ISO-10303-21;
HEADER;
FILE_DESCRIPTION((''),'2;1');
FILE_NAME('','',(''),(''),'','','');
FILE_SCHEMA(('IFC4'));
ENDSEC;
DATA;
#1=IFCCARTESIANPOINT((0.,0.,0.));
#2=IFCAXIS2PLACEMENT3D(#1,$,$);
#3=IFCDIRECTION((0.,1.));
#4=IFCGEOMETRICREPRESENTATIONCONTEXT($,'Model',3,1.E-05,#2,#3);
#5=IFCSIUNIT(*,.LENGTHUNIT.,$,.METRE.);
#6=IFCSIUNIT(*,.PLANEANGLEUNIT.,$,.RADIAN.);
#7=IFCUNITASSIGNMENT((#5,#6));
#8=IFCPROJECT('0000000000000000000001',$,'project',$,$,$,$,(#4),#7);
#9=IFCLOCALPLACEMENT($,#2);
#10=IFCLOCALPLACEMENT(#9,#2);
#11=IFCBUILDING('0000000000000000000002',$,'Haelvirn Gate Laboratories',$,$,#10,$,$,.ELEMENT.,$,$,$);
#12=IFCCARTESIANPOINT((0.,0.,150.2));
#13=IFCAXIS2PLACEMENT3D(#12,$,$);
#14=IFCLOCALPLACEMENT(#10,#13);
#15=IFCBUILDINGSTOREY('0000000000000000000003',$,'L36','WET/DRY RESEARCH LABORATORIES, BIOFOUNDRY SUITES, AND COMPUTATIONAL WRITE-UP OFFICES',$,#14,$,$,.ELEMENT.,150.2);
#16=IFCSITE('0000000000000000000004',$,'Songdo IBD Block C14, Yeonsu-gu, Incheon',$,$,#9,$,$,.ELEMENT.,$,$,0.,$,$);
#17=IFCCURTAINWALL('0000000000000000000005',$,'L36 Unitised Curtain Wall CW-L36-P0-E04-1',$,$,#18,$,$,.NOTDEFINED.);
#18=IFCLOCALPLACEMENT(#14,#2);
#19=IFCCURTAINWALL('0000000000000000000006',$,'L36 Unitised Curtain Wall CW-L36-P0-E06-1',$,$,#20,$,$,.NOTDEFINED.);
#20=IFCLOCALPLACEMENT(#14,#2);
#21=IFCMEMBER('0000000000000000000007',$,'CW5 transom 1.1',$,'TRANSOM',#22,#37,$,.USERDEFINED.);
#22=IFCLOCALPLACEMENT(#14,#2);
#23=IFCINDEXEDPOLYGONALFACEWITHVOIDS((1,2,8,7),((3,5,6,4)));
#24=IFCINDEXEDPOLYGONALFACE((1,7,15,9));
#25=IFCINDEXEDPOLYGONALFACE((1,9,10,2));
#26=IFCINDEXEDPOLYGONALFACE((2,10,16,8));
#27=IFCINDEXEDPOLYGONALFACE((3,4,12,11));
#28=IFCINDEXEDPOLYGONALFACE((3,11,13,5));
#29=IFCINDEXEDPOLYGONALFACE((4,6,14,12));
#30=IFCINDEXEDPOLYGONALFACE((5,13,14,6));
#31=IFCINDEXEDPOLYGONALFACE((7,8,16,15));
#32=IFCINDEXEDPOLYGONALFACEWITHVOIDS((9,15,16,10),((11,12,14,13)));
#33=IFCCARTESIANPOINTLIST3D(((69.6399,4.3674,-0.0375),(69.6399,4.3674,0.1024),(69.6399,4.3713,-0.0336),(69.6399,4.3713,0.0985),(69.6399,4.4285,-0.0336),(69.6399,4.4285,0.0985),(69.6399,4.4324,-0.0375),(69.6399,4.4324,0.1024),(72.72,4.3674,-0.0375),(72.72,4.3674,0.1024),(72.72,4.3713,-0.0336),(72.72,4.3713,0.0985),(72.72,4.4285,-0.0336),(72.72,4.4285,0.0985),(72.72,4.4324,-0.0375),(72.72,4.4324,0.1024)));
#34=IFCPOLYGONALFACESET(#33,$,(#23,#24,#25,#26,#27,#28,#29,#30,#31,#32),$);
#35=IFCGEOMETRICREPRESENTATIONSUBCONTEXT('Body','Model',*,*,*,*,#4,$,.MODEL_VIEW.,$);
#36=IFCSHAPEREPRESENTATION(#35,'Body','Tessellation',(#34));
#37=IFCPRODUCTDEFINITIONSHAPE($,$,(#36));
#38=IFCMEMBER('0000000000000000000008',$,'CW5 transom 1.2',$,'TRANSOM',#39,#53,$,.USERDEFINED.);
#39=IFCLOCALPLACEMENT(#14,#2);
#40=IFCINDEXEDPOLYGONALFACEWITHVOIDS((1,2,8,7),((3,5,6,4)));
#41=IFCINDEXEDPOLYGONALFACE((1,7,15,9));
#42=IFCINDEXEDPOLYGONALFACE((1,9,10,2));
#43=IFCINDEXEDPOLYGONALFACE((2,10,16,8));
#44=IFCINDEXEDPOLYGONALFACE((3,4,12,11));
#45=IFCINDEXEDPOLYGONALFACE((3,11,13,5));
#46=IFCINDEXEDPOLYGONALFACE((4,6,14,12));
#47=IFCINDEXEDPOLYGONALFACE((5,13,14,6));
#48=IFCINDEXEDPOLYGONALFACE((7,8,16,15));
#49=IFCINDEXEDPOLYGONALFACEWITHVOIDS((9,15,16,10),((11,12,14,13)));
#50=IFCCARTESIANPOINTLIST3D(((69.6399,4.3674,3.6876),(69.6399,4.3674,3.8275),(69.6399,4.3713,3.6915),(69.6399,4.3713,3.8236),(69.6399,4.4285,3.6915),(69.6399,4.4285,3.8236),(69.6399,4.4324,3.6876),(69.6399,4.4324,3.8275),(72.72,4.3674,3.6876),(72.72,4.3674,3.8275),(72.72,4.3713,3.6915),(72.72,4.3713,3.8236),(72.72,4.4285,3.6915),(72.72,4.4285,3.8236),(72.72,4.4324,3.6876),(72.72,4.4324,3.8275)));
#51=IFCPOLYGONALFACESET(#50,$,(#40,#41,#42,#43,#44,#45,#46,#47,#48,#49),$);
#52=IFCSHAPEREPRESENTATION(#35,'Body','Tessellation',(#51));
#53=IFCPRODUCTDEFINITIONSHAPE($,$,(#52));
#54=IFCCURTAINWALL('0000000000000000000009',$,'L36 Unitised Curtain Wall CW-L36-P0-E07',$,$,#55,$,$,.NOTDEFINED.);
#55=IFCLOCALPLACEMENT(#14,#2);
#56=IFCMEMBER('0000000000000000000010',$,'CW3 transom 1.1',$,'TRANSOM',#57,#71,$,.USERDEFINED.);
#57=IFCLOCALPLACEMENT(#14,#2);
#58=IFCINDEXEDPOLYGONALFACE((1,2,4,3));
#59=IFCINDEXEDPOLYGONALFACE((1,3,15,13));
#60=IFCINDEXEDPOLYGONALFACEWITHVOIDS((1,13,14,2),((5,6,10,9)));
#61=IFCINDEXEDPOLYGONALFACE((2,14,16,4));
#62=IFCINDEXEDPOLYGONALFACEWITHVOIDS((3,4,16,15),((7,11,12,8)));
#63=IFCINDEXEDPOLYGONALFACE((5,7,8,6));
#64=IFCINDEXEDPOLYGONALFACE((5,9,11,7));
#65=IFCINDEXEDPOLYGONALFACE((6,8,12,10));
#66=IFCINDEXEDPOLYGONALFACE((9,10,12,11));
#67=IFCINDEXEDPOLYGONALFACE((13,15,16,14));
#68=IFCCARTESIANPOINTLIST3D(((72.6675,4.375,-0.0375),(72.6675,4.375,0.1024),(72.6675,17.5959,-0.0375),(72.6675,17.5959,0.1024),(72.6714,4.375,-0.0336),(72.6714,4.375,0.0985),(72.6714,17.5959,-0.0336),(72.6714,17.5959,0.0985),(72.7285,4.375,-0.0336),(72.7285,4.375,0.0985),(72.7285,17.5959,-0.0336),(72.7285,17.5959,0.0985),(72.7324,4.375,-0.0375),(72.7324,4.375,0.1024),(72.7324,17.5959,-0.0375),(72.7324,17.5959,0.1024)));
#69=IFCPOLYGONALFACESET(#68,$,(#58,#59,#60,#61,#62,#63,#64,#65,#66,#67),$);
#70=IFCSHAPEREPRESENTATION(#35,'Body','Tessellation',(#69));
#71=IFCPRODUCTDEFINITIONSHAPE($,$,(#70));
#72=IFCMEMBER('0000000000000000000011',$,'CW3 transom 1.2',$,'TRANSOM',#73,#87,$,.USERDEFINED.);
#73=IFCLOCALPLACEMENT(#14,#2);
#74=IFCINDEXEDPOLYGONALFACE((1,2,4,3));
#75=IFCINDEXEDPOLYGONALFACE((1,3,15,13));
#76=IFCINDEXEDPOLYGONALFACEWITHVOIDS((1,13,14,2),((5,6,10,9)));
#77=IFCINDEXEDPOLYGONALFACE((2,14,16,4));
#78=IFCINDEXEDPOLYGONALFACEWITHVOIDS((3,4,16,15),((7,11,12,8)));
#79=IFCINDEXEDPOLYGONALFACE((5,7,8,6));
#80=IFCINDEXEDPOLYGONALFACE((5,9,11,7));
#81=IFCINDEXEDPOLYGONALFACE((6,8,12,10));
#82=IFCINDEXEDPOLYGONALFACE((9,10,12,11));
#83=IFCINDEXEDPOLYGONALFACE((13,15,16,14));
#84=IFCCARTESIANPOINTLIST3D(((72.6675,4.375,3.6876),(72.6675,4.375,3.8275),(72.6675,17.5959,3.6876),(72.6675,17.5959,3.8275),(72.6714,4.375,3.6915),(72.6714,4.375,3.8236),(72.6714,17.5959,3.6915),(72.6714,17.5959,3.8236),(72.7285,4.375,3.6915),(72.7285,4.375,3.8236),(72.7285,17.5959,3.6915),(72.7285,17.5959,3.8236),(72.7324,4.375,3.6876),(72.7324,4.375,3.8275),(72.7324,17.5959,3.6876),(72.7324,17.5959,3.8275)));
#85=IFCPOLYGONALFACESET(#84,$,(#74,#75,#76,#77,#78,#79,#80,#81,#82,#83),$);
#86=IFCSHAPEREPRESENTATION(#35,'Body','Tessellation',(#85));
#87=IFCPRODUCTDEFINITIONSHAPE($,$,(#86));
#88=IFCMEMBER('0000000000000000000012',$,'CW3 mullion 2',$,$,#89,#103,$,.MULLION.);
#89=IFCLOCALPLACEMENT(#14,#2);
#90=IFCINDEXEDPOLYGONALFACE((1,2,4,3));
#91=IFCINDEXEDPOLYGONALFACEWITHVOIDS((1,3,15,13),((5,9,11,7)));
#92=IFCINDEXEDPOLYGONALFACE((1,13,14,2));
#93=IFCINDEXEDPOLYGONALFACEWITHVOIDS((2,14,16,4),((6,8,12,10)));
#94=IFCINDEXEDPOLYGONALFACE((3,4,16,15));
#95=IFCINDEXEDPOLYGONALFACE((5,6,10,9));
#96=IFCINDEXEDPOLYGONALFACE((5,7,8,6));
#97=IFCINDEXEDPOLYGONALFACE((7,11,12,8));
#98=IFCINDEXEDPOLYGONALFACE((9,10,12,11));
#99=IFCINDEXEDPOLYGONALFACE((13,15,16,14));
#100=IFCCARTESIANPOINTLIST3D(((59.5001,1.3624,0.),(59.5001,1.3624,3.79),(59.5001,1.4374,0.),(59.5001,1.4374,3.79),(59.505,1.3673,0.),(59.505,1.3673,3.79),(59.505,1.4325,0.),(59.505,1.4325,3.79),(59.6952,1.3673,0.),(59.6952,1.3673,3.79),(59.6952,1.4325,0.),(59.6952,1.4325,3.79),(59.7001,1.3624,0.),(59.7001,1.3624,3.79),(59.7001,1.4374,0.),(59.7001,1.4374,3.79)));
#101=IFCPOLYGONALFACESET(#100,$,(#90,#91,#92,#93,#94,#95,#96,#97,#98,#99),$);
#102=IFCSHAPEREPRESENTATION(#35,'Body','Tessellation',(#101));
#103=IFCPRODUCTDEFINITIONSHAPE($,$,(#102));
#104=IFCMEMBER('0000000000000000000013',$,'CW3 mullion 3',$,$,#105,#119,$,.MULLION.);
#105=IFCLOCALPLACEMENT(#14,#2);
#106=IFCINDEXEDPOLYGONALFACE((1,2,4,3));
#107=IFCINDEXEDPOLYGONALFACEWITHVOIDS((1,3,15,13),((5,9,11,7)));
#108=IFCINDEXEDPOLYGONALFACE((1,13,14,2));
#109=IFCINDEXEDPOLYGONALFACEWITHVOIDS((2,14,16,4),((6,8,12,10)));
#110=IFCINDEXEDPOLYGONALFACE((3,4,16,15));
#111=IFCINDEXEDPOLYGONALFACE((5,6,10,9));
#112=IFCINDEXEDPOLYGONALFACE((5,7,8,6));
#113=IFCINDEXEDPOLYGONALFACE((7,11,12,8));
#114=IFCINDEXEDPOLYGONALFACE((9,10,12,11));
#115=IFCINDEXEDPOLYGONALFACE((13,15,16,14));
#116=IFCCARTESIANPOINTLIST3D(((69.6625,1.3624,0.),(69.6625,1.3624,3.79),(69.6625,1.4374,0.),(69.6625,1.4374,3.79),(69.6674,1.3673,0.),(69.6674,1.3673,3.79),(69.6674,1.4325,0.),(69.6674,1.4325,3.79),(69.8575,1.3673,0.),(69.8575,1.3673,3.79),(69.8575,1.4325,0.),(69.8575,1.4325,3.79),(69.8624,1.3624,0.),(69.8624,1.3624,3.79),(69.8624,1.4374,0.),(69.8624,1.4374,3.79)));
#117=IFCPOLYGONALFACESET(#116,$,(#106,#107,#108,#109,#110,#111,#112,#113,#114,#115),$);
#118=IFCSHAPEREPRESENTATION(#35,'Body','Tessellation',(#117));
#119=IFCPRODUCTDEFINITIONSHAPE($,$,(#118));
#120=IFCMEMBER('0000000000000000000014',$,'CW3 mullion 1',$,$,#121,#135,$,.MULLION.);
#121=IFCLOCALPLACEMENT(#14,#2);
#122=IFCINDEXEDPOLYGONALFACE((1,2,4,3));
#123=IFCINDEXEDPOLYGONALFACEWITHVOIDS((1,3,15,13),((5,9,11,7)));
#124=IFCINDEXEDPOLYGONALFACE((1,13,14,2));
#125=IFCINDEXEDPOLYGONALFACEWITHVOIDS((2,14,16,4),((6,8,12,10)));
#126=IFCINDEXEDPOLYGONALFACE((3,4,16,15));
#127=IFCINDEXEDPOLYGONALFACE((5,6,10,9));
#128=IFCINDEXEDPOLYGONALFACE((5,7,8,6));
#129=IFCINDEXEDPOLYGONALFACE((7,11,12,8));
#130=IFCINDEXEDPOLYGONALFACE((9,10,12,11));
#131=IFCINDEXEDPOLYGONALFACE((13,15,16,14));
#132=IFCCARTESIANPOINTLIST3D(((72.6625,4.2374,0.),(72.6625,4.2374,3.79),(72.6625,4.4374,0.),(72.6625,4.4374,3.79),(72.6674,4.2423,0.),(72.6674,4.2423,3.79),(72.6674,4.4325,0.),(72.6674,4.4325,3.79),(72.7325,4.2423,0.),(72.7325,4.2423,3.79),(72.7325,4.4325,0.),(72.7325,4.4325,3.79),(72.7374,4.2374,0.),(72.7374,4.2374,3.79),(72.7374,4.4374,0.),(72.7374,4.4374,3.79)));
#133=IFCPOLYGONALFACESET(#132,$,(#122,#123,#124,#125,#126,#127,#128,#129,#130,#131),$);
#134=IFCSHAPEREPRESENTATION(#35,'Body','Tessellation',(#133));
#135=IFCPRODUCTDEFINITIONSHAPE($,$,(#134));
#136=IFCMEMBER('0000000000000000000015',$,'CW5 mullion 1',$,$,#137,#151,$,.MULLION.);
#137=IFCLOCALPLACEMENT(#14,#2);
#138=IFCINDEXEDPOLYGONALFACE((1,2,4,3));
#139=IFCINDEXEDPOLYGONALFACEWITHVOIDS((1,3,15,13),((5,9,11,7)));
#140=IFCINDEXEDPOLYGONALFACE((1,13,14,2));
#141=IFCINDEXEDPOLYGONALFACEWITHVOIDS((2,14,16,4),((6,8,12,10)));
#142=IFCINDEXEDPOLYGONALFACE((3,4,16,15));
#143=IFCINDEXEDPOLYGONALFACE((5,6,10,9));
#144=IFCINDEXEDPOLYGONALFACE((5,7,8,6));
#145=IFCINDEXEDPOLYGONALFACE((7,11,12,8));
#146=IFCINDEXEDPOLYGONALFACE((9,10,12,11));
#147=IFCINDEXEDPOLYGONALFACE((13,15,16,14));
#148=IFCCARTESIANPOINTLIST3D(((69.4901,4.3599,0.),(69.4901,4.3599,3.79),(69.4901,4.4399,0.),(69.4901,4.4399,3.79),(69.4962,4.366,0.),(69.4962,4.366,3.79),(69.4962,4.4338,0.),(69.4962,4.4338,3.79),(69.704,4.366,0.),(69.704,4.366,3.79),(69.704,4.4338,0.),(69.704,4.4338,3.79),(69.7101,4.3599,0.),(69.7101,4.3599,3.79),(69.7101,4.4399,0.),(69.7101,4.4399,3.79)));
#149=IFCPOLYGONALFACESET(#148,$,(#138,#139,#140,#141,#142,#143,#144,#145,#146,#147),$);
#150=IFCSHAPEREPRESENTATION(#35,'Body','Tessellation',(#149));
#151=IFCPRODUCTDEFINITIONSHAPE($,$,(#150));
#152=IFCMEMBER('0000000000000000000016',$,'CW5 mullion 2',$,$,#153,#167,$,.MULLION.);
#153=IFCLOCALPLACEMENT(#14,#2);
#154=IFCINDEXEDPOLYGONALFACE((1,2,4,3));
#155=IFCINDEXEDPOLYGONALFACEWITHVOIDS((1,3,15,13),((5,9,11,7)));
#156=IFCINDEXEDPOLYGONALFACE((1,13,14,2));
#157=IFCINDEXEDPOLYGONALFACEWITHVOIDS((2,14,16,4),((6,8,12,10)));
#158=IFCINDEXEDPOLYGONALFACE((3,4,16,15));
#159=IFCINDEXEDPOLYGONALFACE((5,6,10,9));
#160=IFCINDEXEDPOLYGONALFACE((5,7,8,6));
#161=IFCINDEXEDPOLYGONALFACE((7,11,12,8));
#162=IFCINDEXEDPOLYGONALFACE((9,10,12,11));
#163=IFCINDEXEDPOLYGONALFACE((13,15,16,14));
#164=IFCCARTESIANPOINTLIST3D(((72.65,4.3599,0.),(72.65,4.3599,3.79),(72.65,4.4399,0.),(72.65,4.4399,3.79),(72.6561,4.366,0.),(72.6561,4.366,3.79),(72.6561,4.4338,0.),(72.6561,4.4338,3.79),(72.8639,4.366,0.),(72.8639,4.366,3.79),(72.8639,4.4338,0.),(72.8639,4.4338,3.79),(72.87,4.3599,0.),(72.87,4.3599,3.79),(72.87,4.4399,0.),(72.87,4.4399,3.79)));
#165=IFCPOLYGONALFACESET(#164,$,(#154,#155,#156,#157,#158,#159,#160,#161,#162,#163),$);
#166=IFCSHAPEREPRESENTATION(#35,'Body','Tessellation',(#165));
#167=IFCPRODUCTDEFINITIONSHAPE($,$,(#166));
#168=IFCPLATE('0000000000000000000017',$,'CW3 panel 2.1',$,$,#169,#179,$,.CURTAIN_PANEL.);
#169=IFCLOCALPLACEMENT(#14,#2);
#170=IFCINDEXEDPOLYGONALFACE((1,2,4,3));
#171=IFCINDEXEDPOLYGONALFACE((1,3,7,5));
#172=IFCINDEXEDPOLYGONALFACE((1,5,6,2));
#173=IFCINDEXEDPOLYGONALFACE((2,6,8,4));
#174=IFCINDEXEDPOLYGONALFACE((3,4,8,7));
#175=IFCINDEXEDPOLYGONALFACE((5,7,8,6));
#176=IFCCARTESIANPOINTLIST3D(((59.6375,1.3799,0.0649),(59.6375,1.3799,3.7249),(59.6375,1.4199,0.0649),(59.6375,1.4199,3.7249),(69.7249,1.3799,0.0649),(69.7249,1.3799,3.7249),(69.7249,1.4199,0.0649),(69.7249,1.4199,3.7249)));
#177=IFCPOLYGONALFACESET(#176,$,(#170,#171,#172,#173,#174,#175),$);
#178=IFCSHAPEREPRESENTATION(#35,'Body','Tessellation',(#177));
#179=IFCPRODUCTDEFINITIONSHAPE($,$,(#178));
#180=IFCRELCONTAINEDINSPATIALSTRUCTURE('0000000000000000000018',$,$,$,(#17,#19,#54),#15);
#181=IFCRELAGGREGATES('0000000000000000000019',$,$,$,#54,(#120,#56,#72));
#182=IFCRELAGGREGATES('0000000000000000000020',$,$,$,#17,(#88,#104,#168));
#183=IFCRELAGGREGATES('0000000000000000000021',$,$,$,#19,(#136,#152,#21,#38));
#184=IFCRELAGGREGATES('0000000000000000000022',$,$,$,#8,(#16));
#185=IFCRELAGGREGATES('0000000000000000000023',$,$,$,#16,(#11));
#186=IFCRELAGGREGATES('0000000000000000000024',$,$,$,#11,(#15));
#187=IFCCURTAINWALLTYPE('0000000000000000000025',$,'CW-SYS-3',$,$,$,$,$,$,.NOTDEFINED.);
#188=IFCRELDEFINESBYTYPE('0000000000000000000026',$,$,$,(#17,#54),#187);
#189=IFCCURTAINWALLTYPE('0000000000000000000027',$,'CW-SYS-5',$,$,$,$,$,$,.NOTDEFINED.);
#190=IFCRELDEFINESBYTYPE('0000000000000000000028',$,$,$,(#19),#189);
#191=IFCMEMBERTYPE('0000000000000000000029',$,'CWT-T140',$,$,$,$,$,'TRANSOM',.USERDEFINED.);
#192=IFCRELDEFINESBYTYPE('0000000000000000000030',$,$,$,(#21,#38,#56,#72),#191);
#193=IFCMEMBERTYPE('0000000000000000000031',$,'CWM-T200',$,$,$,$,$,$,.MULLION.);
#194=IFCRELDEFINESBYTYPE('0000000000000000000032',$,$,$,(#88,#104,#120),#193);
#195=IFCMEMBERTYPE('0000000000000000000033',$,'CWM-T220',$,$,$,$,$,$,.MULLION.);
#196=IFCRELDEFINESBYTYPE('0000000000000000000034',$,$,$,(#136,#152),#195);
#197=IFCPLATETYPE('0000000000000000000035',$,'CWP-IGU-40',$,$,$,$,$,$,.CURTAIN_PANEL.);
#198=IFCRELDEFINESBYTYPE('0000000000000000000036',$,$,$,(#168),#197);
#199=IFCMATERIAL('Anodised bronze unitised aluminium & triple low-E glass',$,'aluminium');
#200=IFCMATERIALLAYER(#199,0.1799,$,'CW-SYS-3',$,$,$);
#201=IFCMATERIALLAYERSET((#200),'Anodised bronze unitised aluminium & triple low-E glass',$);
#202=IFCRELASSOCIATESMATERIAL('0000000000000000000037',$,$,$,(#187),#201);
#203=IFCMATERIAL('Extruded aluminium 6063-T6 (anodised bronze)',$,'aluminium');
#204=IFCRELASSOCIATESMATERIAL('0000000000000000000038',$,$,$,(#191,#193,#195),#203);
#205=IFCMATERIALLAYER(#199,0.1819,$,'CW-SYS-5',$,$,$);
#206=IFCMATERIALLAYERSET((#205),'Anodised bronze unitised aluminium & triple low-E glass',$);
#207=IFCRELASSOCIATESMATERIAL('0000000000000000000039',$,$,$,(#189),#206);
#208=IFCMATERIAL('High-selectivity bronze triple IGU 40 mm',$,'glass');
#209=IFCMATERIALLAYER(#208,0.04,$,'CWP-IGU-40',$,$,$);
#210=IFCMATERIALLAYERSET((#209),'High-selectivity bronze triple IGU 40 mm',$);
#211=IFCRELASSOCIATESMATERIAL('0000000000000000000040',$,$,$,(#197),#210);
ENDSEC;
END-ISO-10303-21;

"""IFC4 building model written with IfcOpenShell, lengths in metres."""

from ifc_helpers import new_model, si_unit, direction, frame, origin, origin_2d, place, context, subcontext, project, spatial, rectangle, hollow_rectangle, extrude, source, transform, mapped, material, layer, layer_set, material_profile, profile_set, type_object, type_shapes, element, aggregate, save


model = new_model("IFC4")

# Units and contexts
model_context = context("Model", 3, precision=1e-05, world=origin(), true_north=direction((0.0, 1.0)))
body_context = subcontext(model_context, "Body", "Model", "MODEL_VIEW")
ifc_project = project(units=[si_unit("LENGTHUNIT", "METRE"), si_unit("PLANEANGLEUNIT", "RADIAN")], contexts=[model_context])

# Site, building, storey
site_placement = place(None, origin())
site = spatial("IfcSite", under=ifc_project, at=site_placement, Name="Songdo IBD Block C14, Yeonsu-gu, Incheon", CompositionType="ELEMENT", RefElevation=0.0)
building_placement = place(site_placement, origin())
building = spatial("IfcBuilding", under=site, at=building_placement, Name="Haelvirn Gate Laboratories", CompositionType="ELEMENT")
storey_placement = place(building_placement, frame((0.0, 0.0, 150.2)))
storey = spatial("IfcBuildingStorey", under=building, at=storey_placement, Name="L36", Description="WET/DRY RESEARCH LABORATORIES, BIOFOUNDRY SUITES, AND COMPUTATIONAL WRITE-UP OFFICES", CompositionType="ELEMENT", Elevation=150.2)

# Curtain walls, members
ifc_material_1 = material(Name="Anodised bronze unitised aluminium & triple low-E glass", Category="aluminium")
ifc_layer_1 = layer(ifc_material_1, 0.1799, Name="CW-SYS-3")
ifc_layer_set_1 = layer_set([ifc_layer_1], Name="Anodised bronze unitised aluminium & triple low-E glass")
curtain_wall_type_1 = type_object("IfcCurtainWallType", Name="CW-SYS-3", PredefinedType="NOTDEFINED", material=ifc_layer_set_1)
curtain_wall_1_placement = place(storey_placement, origin())
curtain_wall_1 = element("IfcCurtainWall", 1, at=curtain_wall_1_placement, inside=storey, type_object=curtain_wall_type_1, Name="L36 Unitised Curtain Wall CW-L36-P0-E04-1", PredefinedType="NOTDEFINED")
ifc_material_2 = material(Name="Extruded aluminium 6063-T6 (anodised bronze)", Category="aluminium")
ifc_material_profile_1 = material_profile(ifc_material_2, hollow_rectangle(XDim=0.0649, YDim=0.1399, WallThickness=0.0039, at=origin_2d()), Name="CWT-140x65x4")
ifc_profile_set_1 = profile_set([ifc_material_profile_1], Name="Extruded aluminium 6063-T6 (anodised bronze)")
member_type_1 = type_object("IfcMemberType", Name="CWT-T140", ElementType="TRANSOM", PredefinedType="USERDEFINED", material=ifc_profile_set_1)
ifc_layer_2 = layer(ifc_material_1, 0.1819, Name="CW-SYS-5")
ifc_layer_set_2 = layer_set([ifc_layer_2], Name="Anodised bronze unitised aluminium & triple low-E glass")
curtain_wall_type_2 = type_object("IfcCurtainWallType", Name="CW-SYS-5", PredefinedType="NOTDEFINED", material=ifc_layer_set_2)
curtain_wall_2_placement = place(storey_placement, origin())
curtain_wall_2 = element("IfcCurtainWall", 2, at=curtain_wall_2_placement, inside=storey, type_object=curtain_wall_type_2, Name="L36 Unitised Curtain Wall CW-L36-P0-E06-1", PredefinedType="NOTDEFINED")
shared_shape_1 = source(origin(), body_context, "Body", "SweptSolid", [
    extrude(hollow_rectangle(XDim=0.0649, YDim=0.1399, WallThickness=0.0039, at=origin_2d()), origin(), (0.0, 0.0, 1.0), 3.0801),
])
member_1_placement = place(storey_placement, frame((69.6399, 4.3999, 0.0325), z_axis=(1.0, 0.0, 0.0), x_axis=(0.0, 1.0, 0.0)))
member_1 = element("IfcMember", 3, at=member_1_placement, type_object=member_type_1, Name="CW5 transom 1.1", ObjectType="TRANSOM", PredefinedType="USERDEFINED", context=body_context, shape_type="MappedRepresentation", body=[
    mapped(shared_shape_1, transform((0.0, 0.0, 0.0), scale=1.0)),
])
member_2_placement = place(storey_placement, frame((69.6399, 4.3999, 3.7576), z_axis=(1.0, 0.0, 0.0), x_axis=(0.0, 1.0, 0.0)))
member_2 = element("IfcMember", 4, at=member_2_placement, type_object=member_type_1, Name="CW5 transom 1.2", ObjectType="TRANSOM", PredefinedType="USERDEFINED", context=body_context, shape_type="MappedRepresentation", body=[
    mapped(shared_shape_1, transform((0.0, 0.0, 0.0), scale=1.0)),
])
curtain_wall_3_placement = place(storey_placement, origin())
curtain_wall_3 = element("IfcCurtainWall", 5, at=curtain_wall_3_placement, inside=storey, type_object=curtain_wall_type_1, Name="L36 Unitised Curtain Wall CW-L36-P0-E07", PredefinedType="NOTDEFINED")
shared_shape_2 = source(origin(), body_context, "Body", "SweptSolid", [
    extrude(hollow_rectangle(XDim=0.0649, YDim=0.1399, WallThickness=0.0039, at=origin_2d()), origin(), (0.0, 0.0, 1.0), 13.2209),
])
member_3_placement = place(storey_placement, frame((72.7, 4.375, 0.0325), z_axis=(0.0, 1.0, 0.0), x_axis=(-1.0, 0.0, 0.0)))
member_3 = element("IfcMember", 6, at=member_3_placement, type_object=member_type_1, Name="CW3 transom 1.1", ObjectType="TRANSOM", PredefinedType="USERDEFINED", context=body_context, shape_type="MappedRepresentation", body=[
    mapped(shared_shape_2, transform((0.0, 0.0, 0.0), scale=1.0)),
])
member_4_placement = place(storey_placement, frame((72.7, 4.375, 3.7576), z_axis=(0.0, 1.0, 0.0), x_axis=(-1.0, 0.0, 0.0)))
member_4 = element("IfcMember", 7, at=member_4_placement, type_object=member_type_1, Name="CW3 transom 1.2", ObjectType="TRANSOM", PredefinedType="USERDEFINED", context=body_context, shape_type="MappedRepresentation", body=[
    mapped(shared_shape_2, transform((0.0, 0.0, 0.0), scale=1.0)),
])

# Members
ifc_material_profile_2 = material_profile(ifc_material_2, hollow_rectangle(XDim=0.075, YDim=0.2, WallThickness=0.0049, at=origin_2d()), Name="CWM-200x75x5")
ifc_profile_set_2 = profile_set([ifc_material_profile_2], Name="Extruded aluminium 6063-T6 (anodised bronze)")
member_type_2 = type_object("IfcMemberType", Name="CWM-T200", PredefinedType="MULLION", material=ifc_profile_set_2)
shared_shape_3 = source(origin(), body_context, "Body", "SweptSolid", [
    extrude(hollow_rectangle(XDim=0.075, YDim=0.2, WallThickness=0.0049, at=origin_2d()), origin(), (0.0, 0.0, 1.0), 3.79),
])
type_shapes(member_type_2, [shared_shape_3])
member_5_placement = place(storey_placement, frame((59.6001, 1.3999, 0.0), z_axis=(0.0, 0.0, 1.0), x_axis=(0.0, 1.0, 0.0)))
member_5 = element("IfcMember", 8, at=member_5_placement, type_object=member_type_2, Name="CW3 mullion 2", PredefinedType="MULLION", context=body_context, shape_type="MappedRepresentation", body=[
    mapped(shared_shape_3, transform((0.0, 0.0, 0.0), scale=1.0)),
])
member_6_placement = place(storey_placement, frame((69.7625, 1.3999, 0.0), z_axis=(0.0, 0.0, 1.0), x_axis=(0.0, 1.0, 0.0)))
member_6 = element("IfcMember", 9, at=member_6_placement, type_object=member_type_2, Name="CW3 mullion 3", PredefinedType="MULLION", context=body_context, shape_type="MappedRepresentation", body=[
    mapped(shared_shape_3, transform((0.0, 0.0, 0.0), scale=1.0)),
])
member_7_placement = place(storey_placement, frame((72.7, 4.3374, 0.0), z_axis=(0.0, 0.0, 1.0), x_axis=(-1.0, 0.0, 0.0)))
member_7 = element("IfcMember", 10, at=member_7_placement, type_object=member_type_2, Name="CW3 mullion 1", PredefinedType="MULLION", context=body_context, shape_type="MappedRepresentation", body=[
    mapped(shared_shape_3, transform((0.0, 0.0, 0.0), scale=1.0)),
])
aggregate(curtain_wall_3, [member_7, member_3, member_4])
ifc_material_profile_3 = material_profile(ifc_material_2, hollow_rectangle(XDim=0.0801, YDim=0.22, WallThickness=0.0061, at=origin_2d()), Name="CWM-220x80x6")
ifc_profile_set_3 = profile_set([ifc_material_profile_3], Name="Extruded aluminium 6063-T6 (anodised bronze)")
member_type_3 = type_object("IfcMemberType", Name="CWM-T220", PredefinedType="MULLION", material=ifc_profile_set_3)
shared_shape_4 = source(origin(), body_context, "Body", "SweptSolid", [
    extrude(hollow_rectangle(XDim=0.0801, YDim=0.22, WallThickness=0.0061, at=origin_2d()), origin(), (0.0, 0.0, 1.0), 3.79),
])
type_shapes(member_type_3, [shared_shape_4])
member_8_placement = place(storey_placement, frame((69.6001, 4.3999, 0.0), z_axis=(0.0, 0.0, 1.0), x_axis=(0.0, 1.0, 0.0)))
member_8 = element("IfcMember", 11, at=member_8_placement, type_object=member_type_3, Name="CW5 mullion 1", PredefinedType="MULLION", context=body_context, shape_type="MappedRepresentation", body=[
    mapped(shared_shape_4, transform((0.0, 0.0, 0.0), scale=1.0)),
])
member_9_placement = place(storey_placement, frame((72.76, 4.3999, 0.0), z_axis=(0.0, 0.0, 1.0), x_axis=(0.0, 1.0, 0.0)))
member_9 = element("IfcMember", 12, at=member_9_placement, type_object=member_type_3, Name="CW5 mullion 2", PredefinedType="MULLION", context=body_context, shape_type="MappedRepresentation", body=[
    mapped(shared_shape_4, transform((0.0, 0.0, 0.0), scale=1.0)),
])

# Plate
ifc_material_3 = material(Name="High-selectivity bronze triple IGU 40 mm", Category="glass")
ifc_layer_3 = layer(ifc_material_3, 0.04, Name="CWP-IGU-40")
ifc_layer_set_3 = layer_set([ifc_layer_3], Name="High-selectivity bronze triple IGU 40 mm")
plate_type_1 = type_object("IfcPlateType", Name="CWP-IGU-40", PredefinedType="CURTAIN_PANEL", material=ifc_layer_set_3)
shared_shape_5 = source(origin(), body_context, "Body", "SweptSolid", [
    extrude(rectangle(XDim=10.0874, YDim=0.04, at=origin_2d()), origin(), (0.0, 0.0, 1.0), 3.6599),
])
type_shapes(plate_type_1, [shared_shape_5])
plate_1_placement = place(storey_placement, frame((64.6812, 1.3999, 0.0649), z_axis=(0.0, 0.0, 1.0), x_axis=(1.0, 0.0, 0.0)))
plate_1 = element("IfcPlate", 13, at=plate_1_placement, type_object=plate_type_1, Name="CW3 panel 2.1", PredefinedType="CURTAIN_PANEL", context=body_context, shape_type="MappedRepresentation", body=[
    mapped(shared_shape_5, transform((0.0, 0.0, 0.0), scale=1.0)),
])
aggregate(curtain_wall_1, [member_5, member_6, plate_1])
aggregate(curtain_wall_2, [member_8, member_9, member_1, member_2])

save(model, "model.ifc")
